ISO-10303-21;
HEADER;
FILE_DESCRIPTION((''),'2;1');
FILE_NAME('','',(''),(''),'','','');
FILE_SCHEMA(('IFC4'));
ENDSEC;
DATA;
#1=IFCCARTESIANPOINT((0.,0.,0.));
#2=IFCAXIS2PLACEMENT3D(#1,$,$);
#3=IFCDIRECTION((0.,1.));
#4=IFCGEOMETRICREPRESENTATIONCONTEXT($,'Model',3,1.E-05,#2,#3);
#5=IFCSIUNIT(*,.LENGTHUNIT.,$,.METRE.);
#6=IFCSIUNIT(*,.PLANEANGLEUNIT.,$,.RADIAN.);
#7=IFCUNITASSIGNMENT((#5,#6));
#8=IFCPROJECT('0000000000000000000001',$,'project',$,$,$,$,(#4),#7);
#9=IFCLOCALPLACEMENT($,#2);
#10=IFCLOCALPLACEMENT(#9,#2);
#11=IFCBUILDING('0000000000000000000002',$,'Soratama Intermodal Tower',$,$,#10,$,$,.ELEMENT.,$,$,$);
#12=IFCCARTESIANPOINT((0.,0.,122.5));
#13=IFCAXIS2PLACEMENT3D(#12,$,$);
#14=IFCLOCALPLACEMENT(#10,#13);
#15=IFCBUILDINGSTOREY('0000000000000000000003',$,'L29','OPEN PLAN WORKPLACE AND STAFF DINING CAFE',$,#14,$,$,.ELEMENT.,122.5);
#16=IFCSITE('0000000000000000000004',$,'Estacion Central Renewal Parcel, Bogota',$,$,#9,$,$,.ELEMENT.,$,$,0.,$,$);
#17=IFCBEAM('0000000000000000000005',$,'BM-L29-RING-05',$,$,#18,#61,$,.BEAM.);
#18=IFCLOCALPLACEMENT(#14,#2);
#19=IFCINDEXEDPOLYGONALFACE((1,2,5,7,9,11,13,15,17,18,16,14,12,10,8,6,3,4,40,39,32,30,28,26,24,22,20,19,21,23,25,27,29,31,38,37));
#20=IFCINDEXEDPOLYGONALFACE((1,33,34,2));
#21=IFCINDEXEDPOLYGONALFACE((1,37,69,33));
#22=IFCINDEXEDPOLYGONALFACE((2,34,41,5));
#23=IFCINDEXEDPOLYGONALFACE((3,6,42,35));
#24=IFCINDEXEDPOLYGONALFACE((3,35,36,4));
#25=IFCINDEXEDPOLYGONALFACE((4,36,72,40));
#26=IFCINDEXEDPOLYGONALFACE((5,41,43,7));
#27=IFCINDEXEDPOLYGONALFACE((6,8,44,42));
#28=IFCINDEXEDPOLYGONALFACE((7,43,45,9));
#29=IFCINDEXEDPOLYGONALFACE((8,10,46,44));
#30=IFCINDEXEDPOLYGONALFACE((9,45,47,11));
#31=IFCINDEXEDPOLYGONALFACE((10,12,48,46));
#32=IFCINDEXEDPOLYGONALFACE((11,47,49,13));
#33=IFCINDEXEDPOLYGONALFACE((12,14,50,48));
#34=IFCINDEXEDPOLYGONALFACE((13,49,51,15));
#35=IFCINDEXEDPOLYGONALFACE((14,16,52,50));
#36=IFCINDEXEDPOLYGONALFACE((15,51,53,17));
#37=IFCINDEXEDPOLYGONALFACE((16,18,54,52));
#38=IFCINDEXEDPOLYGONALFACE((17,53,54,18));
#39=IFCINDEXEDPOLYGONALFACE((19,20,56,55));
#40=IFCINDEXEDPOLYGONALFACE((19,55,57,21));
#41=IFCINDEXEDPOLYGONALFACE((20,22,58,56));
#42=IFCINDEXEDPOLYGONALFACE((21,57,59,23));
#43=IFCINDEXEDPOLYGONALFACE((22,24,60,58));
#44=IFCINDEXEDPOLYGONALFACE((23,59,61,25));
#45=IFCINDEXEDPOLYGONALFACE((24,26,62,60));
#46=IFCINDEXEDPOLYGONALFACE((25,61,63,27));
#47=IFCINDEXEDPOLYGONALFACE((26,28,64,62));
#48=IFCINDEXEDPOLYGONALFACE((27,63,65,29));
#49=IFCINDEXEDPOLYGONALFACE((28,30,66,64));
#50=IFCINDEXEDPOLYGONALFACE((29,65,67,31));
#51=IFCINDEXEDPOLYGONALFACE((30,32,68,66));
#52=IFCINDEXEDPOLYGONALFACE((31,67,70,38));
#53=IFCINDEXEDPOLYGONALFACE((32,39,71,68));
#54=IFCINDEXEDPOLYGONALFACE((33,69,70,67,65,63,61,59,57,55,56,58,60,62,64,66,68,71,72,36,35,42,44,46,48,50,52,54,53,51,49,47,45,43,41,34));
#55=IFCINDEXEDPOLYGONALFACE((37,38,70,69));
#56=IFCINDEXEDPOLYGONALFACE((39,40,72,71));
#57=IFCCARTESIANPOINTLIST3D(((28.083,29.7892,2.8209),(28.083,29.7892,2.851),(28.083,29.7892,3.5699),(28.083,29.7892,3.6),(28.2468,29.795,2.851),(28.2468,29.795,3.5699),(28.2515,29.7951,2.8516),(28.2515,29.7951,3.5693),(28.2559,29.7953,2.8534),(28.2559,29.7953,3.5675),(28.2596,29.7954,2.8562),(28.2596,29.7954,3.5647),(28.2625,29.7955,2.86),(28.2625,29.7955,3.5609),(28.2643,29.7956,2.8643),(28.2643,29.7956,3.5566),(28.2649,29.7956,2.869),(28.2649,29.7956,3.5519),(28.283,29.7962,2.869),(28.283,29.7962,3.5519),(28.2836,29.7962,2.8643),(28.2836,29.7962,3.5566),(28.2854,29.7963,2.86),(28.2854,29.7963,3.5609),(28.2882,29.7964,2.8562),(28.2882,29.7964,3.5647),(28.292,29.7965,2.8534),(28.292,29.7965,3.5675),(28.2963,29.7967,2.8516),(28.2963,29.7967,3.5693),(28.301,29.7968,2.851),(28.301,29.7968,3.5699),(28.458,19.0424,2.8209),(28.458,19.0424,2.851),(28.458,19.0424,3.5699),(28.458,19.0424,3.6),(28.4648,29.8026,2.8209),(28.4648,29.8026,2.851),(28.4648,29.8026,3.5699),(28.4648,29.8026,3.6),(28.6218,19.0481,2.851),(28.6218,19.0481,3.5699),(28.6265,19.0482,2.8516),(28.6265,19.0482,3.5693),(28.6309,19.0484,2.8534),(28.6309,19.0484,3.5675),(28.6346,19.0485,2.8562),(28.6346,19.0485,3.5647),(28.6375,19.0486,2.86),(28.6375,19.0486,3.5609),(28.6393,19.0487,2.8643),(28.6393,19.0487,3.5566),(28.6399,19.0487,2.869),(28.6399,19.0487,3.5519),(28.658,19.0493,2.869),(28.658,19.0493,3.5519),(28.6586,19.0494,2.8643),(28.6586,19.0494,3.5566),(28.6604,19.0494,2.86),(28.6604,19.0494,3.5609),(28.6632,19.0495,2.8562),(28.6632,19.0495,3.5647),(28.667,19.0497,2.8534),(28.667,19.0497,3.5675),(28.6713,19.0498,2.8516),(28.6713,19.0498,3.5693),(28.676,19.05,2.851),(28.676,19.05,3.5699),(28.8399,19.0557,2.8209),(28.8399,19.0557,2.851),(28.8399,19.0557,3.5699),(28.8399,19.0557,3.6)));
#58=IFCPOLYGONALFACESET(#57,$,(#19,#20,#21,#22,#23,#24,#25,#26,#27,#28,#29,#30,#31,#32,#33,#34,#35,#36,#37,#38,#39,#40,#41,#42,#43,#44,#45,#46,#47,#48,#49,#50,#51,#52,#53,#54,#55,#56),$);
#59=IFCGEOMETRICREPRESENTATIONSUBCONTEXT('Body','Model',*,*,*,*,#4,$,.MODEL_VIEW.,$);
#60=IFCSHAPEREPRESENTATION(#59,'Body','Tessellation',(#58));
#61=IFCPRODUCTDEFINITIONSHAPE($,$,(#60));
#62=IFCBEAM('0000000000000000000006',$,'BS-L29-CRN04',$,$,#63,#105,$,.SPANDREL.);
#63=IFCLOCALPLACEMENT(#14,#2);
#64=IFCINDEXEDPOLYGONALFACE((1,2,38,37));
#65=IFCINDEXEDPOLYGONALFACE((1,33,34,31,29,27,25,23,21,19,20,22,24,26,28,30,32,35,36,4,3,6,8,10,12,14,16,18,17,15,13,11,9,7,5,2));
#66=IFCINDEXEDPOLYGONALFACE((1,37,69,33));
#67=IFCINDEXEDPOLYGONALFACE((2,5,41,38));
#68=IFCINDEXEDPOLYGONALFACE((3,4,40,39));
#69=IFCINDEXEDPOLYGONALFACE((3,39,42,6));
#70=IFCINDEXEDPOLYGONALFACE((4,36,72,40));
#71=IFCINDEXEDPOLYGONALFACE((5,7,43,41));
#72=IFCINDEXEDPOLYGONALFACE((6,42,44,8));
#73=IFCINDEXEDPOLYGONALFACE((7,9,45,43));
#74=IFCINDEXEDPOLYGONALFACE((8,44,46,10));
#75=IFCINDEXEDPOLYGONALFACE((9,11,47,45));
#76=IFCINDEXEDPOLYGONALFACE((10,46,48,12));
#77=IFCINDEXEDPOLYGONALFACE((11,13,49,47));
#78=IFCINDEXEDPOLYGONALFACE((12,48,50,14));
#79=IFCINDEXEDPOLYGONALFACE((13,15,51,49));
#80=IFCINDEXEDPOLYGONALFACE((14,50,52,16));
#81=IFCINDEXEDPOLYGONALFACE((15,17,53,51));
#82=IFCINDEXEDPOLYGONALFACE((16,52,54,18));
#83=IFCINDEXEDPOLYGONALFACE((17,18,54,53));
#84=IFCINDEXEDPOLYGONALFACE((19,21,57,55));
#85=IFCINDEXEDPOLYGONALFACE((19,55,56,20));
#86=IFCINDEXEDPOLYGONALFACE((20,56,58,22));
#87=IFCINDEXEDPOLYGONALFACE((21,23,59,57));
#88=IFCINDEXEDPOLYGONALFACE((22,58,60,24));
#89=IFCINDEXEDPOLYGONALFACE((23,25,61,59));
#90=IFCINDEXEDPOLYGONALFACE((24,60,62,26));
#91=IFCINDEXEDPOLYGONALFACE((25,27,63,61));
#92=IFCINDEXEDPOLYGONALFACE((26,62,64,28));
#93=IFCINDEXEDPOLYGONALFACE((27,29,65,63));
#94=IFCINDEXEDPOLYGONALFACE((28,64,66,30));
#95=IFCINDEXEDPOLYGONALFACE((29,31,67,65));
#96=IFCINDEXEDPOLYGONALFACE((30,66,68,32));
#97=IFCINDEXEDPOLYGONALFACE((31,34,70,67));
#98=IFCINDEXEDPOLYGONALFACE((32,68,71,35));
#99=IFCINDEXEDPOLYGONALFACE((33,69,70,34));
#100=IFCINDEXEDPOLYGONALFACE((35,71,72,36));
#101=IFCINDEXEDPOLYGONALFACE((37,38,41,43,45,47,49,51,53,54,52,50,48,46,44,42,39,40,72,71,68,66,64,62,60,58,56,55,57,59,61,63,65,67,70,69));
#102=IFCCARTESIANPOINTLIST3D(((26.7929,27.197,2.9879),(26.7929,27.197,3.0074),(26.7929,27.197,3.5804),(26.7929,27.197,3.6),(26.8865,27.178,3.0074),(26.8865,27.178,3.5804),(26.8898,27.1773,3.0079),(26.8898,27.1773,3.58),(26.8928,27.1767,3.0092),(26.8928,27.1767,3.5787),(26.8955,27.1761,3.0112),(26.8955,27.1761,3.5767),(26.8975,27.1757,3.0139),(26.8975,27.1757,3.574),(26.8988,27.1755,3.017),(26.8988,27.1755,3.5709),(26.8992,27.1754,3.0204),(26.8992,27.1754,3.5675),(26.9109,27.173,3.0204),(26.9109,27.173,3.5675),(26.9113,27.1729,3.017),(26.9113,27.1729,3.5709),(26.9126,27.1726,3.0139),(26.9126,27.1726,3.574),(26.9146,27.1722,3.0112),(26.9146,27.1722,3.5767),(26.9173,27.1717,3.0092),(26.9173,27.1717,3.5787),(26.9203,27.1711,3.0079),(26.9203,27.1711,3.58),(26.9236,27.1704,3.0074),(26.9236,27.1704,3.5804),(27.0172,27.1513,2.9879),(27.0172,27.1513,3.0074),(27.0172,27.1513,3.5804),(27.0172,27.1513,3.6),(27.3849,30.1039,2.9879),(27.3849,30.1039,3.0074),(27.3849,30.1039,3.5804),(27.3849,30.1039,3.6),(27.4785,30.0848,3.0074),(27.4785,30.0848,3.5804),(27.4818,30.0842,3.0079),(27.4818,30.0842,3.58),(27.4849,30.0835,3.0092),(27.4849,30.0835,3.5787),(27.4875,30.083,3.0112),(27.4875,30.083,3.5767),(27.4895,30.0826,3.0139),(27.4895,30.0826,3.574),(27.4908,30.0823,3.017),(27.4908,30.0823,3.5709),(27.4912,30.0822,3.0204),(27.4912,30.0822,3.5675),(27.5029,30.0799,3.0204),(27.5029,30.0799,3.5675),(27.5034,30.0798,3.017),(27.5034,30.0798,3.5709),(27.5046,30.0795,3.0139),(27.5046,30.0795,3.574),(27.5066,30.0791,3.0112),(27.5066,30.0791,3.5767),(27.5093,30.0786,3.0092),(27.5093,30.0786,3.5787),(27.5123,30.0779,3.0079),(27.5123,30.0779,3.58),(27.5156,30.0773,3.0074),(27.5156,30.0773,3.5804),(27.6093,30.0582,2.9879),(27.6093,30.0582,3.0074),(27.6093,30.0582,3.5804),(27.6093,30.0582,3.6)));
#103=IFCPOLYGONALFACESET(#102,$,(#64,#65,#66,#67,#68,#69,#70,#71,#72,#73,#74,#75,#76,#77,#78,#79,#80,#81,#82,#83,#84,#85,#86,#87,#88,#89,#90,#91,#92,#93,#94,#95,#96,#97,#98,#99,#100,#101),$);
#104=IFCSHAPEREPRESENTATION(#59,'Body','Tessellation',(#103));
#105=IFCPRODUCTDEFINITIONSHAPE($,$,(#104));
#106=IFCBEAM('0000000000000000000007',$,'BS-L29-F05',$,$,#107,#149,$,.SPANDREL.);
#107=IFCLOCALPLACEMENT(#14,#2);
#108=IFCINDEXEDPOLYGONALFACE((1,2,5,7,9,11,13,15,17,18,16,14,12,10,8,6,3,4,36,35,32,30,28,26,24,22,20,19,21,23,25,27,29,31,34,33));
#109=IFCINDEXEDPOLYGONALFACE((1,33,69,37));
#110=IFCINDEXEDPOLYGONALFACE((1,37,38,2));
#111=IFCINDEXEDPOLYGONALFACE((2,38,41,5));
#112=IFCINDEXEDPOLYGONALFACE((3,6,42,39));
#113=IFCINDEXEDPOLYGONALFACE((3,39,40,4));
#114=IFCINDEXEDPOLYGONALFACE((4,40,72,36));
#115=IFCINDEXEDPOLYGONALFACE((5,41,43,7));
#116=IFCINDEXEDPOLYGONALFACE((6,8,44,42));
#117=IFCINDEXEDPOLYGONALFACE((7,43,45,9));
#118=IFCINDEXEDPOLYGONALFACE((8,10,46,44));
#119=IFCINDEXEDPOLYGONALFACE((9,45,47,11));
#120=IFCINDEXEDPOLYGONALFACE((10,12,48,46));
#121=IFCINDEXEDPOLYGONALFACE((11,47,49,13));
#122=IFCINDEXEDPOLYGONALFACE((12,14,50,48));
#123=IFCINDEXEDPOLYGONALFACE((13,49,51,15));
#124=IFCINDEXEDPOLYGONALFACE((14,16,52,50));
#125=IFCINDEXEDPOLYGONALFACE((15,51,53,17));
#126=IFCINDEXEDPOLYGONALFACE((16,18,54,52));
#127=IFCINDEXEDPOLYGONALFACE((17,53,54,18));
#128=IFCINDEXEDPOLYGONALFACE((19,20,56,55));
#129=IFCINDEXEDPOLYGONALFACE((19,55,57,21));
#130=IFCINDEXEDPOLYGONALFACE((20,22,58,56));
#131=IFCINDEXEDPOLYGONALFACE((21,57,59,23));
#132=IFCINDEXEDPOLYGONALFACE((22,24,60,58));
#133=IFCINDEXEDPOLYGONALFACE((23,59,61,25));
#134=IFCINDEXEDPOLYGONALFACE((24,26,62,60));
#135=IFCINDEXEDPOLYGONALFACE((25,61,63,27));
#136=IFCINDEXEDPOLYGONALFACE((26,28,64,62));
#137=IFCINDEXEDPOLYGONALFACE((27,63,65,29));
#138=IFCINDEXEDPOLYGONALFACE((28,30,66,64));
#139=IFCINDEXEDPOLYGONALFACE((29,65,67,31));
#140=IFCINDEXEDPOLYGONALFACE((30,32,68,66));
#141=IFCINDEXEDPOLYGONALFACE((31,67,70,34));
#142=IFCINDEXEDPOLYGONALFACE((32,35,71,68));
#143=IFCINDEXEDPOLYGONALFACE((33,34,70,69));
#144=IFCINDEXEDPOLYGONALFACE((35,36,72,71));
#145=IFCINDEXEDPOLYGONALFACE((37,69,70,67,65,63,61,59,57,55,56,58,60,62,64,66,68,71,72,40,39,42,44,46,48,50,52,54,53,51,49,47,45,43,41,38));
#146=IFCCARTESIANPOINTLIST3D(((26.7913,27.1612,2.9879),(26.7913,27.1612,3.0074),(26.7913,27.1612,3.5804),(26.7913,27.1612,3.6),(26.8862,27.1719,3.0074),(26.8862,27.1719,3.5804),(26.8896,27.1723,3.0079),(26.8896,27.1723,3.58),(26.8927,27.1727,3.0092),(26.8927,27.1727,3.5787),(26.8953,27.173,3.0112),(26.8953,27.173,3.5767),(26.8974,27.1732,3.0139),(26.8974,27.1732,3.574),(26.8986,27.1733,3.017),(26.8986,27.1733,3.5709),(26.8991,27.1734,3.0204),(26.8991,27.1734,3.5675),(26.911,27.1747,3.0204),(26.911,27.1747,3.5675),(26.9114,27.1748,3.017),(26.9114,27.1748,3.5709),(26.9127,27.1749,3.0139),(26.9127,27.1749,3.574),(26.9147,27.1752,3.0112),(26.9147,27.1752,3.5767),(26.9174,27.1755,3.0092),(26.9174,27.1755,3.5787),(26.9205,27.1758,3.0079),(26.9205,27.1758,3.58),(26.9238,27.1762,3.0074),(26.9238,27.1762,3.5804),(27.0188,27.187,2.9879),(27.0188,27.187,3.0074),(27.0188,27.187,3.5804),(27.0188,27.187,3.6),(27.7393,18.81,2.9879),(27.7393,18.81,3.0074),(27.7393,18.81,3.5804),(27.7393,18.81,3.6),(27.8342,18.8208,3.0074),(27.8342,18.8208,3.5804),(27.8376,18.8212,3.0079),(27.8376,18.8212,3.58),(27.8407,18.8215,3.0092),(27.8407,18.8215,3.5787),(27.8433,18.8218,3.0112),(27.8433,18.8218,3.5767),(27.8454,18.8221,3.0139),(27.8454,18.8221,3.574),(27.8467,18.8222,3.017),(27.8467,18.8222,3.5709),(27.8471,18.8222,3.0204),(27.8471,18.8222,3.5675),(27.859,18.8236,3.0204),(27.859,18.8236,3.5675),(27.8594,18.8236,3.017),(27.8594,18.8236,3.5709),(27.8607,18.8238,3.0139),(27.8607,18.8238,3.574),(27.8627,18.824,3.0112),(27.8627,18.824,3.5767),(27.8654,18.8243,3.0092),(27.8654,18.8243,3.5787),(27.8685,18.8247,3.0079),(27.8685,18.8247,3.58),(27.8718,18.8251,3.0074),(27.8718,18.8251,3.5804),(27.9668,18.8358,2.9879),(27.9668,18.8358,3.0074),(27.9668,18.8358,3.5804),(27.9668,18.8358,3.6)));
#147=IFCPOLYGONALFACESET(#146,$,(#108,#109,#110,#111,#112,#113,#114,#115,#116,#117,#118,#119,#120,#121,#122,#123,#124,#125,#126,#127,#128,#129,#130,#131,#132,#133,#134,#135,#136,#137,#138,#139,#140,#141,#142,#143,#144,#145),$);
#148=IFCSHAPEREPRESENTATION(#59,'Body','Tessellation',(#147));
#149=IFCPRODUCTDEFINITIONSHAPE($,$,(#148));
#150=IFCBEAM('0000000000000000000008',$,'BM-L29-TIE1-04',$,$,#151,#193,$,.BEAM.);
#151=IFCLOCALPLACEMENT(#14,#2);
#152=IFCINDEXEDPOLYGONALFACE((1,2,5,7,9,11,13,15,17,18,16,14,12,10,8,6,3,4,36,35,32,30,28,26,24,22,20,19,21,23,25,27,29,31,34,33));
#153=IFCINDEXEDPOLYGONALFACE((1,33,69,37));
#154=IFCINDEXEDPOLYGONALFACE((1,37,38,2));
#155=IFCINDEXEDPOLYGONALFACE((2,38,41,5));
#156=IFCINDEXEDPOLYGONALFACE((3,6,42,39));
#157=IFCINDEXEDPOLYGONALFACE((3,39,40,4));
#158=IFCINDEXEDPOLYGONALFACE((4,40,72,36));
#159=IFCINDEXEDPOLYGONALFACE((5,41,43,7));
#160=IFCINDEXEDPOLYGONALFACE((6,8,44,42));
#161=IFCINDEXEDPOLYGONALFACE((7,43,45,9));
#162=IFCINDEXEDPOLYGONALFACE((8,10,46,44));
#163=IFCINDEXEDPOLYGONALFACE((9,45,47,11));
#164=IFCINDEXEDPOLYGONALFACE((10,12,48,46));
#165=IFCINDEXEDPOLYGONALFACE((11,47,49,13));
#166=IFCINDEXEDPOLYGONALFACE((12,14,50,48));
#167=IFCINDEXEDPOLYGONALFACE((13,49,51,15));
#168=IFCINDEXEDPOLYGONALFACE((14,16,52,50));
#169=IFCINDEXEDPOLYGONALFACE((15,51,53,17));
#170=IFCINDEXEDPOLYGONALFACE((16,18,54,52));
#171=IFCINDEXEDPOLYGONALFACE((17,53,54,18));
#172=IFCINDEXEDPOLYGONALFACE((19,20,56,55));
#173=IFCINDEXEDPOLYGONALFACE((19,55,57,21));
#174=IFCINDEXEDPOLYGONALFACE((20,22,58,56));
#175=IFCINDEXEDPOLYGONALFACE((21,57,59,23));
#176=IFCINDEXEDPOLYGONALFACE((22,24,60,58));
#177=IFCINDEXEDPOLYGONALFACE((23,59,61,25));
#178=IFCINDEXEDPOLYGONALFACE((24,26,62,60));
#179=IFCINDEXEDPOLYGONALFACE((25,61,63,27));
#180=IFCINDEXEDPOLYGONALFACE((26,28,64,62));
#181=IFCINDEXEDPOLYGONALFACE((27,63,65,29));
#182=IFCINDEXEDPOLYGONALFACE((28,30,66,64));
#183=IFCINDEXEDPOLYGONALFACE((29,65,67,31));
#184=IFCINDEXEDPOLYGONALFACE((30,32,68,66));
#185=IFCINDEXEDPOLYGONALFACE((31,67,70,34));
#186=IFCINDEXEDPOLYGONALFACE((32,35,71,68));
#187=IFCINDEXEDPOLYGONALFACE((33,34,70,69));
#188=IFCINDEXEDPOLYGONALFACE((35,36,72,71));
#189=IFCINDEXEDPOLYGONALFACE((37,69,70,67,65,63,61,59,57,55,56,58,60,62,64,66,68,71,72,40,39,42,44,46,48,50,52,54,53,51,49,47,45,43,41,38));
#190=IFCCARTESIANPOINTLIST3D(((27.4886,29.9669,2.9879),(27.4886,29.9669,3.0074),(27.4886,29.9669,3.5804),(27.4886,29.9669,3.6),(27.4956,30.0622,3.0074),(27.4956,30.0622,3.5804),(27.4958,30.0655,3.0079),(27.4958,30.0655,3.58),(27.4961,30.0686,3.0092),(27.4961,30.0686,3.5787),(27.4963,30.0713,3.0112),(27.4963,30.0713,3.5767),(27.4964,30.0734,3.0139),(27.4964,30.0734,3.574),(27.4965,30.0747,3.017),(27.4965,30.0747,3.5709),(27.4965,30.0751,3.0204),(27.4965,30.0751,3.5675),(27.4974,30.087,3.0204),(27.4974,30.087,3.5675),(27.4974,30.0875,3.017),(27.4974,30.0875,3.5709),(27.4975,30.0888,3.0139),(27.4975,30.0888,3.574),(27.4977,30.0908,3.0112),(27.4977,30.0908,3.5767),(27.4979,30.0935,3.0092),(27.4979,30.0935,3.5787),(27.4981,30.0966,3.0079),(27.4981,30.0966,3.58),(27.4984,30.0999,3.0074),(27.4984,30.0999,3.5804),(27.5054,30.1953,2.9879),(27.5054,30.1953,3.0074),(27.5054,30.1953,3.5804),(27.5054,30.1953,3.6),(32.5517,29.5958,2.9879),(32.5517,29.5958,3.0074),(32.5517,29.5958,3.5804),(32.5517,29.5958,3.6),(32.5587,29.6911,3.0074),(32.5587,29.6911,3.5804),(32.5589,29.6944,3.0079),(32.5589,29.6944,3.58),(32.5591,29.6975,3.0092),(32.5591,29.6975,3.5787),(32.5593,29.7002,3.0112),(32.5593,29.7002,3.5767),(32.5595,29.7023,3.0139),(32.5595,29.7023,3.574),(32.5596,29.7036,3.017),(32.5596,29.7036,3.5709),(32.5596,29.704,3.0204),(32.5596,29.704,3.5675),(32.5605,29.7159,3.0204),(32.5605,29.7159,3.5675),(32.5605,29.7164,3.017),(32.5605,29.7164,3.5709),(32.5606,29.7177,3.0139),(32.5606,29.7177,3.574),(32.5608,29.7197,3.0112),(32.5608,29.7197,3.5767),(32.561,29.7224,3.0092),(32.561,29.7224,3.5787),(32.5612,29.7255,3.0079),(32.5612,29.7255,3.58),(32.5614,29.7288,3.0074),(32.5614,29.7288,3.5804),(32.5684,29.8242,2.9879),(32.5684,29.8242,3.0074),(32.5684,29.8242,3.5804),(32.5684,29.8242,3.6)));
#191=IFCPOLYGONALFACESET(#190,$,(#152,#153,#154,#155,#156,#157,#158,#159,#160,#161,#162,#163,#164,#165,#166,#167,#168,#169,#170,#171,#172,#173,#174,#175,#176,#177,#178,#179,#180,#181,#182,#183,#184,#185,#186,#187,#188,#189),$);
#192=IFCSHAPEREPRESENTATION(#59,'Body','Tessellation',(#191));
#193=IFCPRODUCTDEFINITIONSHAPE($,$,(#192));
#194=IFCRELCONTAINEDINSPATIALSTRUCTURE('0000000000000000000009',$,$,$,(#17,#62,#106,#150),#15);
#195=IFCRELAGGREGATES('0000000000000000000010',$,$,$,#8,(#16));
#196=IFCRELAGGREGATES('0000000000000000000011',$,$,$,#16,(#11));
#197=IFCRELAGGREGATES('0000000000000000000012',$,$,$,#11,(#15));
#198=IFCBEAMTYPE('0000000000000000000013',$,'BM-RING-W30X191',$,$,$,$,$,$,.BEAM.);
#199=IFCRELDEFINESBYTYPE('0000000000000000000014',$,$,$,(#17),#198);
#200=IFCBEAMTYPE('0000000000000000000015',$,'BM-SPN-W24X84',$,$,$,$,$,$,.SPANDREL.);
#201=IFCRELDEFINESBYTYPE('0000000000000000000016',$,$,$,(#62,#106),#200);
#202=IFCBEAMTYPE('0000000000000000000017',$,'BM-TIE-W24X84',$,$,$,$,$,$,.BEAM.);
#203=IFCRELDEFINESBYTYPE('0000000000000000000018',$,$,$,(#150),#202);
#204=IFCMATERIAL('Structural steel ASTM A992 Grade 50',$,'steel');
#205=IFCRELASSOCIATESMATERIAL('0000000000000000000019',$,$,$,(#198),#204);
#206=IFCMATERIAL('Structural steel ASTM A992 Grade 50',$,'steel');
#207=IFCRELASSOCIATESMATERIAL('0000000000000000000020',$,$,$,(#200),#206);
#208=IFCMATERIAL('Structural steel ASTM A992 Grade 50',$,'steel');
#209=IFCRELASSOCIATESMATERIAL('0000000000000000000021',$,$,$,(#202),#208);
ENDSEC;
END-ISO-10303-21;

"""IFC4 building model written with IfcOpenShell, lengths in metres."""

from ifc_helpers import new_model, si_unit, direction, frame, origin, origin_2d, place, context, subcontext, project, spatial, i_section, extrude, material, material_profile, profile_set, type_object, element, save


model = new_model("IFC4")

# Units and contexts
model_context = context("Model", 3, precision=1e-05, world=origin(), true_north=direction((0.0, 1.0)))
body_context = subcontext(model_context, "Body", "Model", "MODEL_VIEW")
ifc_project = project(units=[si_unit("LENGTHUNIT", "METRE"), si_unit("PLANEANGLEUNIT", "RADIAN")], contexts=[model_context])

# Site, building, storey
site_placement = place(None, origin())
site = spatial("IfcSite", under=ifc_project, at=site_placement, Name="Estacion Central Renewal Parcel, Bogota", CompositionType="ELEMENT", RefElevation=0.0)
building_placement = place(site_placement, origin())
building = spatial("IfcBuilding", under=site, at=building_placement, Name="Soratama Intermodal Tower", CompositionType="ELEMENT")
storey_placement = place(building_placement, frame((0.0, 0.0, 122.5)))
storey = spatial("IfcBuildingStorey", under=building, at=storey_placement, Name="L29", Description="OPEN PLAN WORKPLACE AND STAFF DINING CAFE", CompositionType="ELEMENT", Elevation=122.5)

# Beams
ifc_material_1 = material(Name="Structural steel ASTM A992 Grade 50", Category="steel")
ifc_material_profile_1 = material_profile(ifc_material_1, i_section(OverallWidth=0.3821, OverallDepth=0.7791, WebThickness=0.0181, FlangeThickness=0.03, FilletRadius=0.0181, at=origin_2d()), Name="W30X191")
ifc_profile_set_1 = profile_set([ifc_material_profile_1], Name="Structural steel ASTM A992 Grade 50")
beam_type_1 = type_object("IfcBeamType", Name="BM-RING-W30X191", PredefinedType="BEAM", material=ifc_profile_set_1)
beam_1_placement = place(storey_placement, frame((28.2739, 29.7959, 3.2104), z_axis=(0.034873, -0.999392, 0.0), x_axis=(0.999392, 0.034873, 0.0)))
element("IfcBeam", 1, at=beam_1_placement, inside=storey, type_object=beam_type_1, Name="BM-L29-RING-05", PredefinedType="BEAM", context=body_context, shape_type="SweptSolid", body=[
    extrude(i_section(OverallWidth=0.3821, OverallDepth=0.7791, WebThickness=0.0181, FlangeThickness=0.03, FilletRadius=0.0181, at=origin_2d()), origin(), (0.0, 0.0, 1.0), 10.7534),
])
ifc_material_2 = material(Name="Structural steel ASTM A992 Grade 50", Category="steel")
ifc_material_profile_2 = material_profile(ifc_material_2, i_section(OverallWidth=0.229, OverallDepth=0.6121, WebThickness=0.012, FlangeThickness=0.0195, FilletRadius=0.0129, at=origin_2d()), Name="W24X84")
ifc_profile_set_2 = profile_set([ifc_material_profile_2], Name="Structural steel ASTM A992 Grade 50")
beam_type_2 = type_object("IfcBeamType", Name="BM-SPN-W24X84", PredefinedType="SPANDREL", material=ifc_profile_set_2)
beam_2_placement = place(storey_placement, frame((27.4971, 30.0811, 3.2939), z_axis=(-0.199565, -0.979885, 0.0), x_axis=(0.979885, -0.199565, 0.0)))
element("IfcBeam", 2, at=beam_2_placement, inside=storey, type_object=beam_type_2, Name="BS-L29-CRN04", PredefinedType="SPANDREL", context=body_context, shape_type="SweptSolid", body=[
    extrude(i_section(OverallWidth=0.229, OverallDepth=0.6121, WebThickness=0.012, FlangeThickness=0.0195, FilletRadius=0.0129, at=origin_2d()), origin(), (0.0, 0.0, 1.0), 2.9666),
])
beam_3_placement = place(storey_placement, frame((26.905, 27.1741, 3.2939), z_axis=(0.112794, -0.993618, 0.0), x_axis=(0.993618, 0.112794, 0.0)))
element("IfcBeam", 3, at=beam_3_placement, inside=storey, type_object=beam_type_2, Name="BS-L29-F05", PredefinedType="SPANDREL", context=body_context, shape_type="SweptSolid", body=[
    extrude(i_section(OverallWidth=0.229, OverallDepth=0.6121, WebThickness=0.012, FlangeThickness=0.0195, FilletRadius=0.0129, at=origin_2d()), origin(), (0.0, 0.0, 1.0), 8.4048),
])
ifc_material_3 = material(Name="Structural steel ASTM A992 Grade 50", Category="steel")
ifc_material_profile_3 = material_profile(ifc_material_3, i_section(OverallWidth=0.229, OverallDepth=0.6121, WebThickness=0.012, FlangeThickness=0.0195, FilletRadius=0.0129, at=origin_2d()), Name="W24X84")
ifc_profile_set_3 = profile_set([ifc_material_profile_3], Name="Structural steel ASTM A992 Grade 50")
beam_type_3 = type_object("IfcBeamType", Name="BM-TIE-W24X84", PredefinedType="BEAM", material=ifc_profile_set_3)
beam_4_placement = place(storey_placement, frame((32.5601, 29.71, 3.2939), z_axis=(-0.997325, 0.073099, 0.0), x_axis=(-0.073099, -0.997325, 0.0)))
element("IfcBeam", 4, at=beam_4_placement, inside=storey, type_object=beam_type_3, Name="BM-L29-TIE1-04", PredefinedType="BEAM", context=body_context, shape_type="SweptSolid", body=[
    extrude(i_section(OverallWidth=0.229, OverallDepth=0.6121, WebThickness=0.012, FlangeThickness=0.0195, FilletRadius=0.0129, at=origin_2d()), origin(), (0.0, 0.0, 1.0), 5.0767),
])

save(model, "model.ifc")
